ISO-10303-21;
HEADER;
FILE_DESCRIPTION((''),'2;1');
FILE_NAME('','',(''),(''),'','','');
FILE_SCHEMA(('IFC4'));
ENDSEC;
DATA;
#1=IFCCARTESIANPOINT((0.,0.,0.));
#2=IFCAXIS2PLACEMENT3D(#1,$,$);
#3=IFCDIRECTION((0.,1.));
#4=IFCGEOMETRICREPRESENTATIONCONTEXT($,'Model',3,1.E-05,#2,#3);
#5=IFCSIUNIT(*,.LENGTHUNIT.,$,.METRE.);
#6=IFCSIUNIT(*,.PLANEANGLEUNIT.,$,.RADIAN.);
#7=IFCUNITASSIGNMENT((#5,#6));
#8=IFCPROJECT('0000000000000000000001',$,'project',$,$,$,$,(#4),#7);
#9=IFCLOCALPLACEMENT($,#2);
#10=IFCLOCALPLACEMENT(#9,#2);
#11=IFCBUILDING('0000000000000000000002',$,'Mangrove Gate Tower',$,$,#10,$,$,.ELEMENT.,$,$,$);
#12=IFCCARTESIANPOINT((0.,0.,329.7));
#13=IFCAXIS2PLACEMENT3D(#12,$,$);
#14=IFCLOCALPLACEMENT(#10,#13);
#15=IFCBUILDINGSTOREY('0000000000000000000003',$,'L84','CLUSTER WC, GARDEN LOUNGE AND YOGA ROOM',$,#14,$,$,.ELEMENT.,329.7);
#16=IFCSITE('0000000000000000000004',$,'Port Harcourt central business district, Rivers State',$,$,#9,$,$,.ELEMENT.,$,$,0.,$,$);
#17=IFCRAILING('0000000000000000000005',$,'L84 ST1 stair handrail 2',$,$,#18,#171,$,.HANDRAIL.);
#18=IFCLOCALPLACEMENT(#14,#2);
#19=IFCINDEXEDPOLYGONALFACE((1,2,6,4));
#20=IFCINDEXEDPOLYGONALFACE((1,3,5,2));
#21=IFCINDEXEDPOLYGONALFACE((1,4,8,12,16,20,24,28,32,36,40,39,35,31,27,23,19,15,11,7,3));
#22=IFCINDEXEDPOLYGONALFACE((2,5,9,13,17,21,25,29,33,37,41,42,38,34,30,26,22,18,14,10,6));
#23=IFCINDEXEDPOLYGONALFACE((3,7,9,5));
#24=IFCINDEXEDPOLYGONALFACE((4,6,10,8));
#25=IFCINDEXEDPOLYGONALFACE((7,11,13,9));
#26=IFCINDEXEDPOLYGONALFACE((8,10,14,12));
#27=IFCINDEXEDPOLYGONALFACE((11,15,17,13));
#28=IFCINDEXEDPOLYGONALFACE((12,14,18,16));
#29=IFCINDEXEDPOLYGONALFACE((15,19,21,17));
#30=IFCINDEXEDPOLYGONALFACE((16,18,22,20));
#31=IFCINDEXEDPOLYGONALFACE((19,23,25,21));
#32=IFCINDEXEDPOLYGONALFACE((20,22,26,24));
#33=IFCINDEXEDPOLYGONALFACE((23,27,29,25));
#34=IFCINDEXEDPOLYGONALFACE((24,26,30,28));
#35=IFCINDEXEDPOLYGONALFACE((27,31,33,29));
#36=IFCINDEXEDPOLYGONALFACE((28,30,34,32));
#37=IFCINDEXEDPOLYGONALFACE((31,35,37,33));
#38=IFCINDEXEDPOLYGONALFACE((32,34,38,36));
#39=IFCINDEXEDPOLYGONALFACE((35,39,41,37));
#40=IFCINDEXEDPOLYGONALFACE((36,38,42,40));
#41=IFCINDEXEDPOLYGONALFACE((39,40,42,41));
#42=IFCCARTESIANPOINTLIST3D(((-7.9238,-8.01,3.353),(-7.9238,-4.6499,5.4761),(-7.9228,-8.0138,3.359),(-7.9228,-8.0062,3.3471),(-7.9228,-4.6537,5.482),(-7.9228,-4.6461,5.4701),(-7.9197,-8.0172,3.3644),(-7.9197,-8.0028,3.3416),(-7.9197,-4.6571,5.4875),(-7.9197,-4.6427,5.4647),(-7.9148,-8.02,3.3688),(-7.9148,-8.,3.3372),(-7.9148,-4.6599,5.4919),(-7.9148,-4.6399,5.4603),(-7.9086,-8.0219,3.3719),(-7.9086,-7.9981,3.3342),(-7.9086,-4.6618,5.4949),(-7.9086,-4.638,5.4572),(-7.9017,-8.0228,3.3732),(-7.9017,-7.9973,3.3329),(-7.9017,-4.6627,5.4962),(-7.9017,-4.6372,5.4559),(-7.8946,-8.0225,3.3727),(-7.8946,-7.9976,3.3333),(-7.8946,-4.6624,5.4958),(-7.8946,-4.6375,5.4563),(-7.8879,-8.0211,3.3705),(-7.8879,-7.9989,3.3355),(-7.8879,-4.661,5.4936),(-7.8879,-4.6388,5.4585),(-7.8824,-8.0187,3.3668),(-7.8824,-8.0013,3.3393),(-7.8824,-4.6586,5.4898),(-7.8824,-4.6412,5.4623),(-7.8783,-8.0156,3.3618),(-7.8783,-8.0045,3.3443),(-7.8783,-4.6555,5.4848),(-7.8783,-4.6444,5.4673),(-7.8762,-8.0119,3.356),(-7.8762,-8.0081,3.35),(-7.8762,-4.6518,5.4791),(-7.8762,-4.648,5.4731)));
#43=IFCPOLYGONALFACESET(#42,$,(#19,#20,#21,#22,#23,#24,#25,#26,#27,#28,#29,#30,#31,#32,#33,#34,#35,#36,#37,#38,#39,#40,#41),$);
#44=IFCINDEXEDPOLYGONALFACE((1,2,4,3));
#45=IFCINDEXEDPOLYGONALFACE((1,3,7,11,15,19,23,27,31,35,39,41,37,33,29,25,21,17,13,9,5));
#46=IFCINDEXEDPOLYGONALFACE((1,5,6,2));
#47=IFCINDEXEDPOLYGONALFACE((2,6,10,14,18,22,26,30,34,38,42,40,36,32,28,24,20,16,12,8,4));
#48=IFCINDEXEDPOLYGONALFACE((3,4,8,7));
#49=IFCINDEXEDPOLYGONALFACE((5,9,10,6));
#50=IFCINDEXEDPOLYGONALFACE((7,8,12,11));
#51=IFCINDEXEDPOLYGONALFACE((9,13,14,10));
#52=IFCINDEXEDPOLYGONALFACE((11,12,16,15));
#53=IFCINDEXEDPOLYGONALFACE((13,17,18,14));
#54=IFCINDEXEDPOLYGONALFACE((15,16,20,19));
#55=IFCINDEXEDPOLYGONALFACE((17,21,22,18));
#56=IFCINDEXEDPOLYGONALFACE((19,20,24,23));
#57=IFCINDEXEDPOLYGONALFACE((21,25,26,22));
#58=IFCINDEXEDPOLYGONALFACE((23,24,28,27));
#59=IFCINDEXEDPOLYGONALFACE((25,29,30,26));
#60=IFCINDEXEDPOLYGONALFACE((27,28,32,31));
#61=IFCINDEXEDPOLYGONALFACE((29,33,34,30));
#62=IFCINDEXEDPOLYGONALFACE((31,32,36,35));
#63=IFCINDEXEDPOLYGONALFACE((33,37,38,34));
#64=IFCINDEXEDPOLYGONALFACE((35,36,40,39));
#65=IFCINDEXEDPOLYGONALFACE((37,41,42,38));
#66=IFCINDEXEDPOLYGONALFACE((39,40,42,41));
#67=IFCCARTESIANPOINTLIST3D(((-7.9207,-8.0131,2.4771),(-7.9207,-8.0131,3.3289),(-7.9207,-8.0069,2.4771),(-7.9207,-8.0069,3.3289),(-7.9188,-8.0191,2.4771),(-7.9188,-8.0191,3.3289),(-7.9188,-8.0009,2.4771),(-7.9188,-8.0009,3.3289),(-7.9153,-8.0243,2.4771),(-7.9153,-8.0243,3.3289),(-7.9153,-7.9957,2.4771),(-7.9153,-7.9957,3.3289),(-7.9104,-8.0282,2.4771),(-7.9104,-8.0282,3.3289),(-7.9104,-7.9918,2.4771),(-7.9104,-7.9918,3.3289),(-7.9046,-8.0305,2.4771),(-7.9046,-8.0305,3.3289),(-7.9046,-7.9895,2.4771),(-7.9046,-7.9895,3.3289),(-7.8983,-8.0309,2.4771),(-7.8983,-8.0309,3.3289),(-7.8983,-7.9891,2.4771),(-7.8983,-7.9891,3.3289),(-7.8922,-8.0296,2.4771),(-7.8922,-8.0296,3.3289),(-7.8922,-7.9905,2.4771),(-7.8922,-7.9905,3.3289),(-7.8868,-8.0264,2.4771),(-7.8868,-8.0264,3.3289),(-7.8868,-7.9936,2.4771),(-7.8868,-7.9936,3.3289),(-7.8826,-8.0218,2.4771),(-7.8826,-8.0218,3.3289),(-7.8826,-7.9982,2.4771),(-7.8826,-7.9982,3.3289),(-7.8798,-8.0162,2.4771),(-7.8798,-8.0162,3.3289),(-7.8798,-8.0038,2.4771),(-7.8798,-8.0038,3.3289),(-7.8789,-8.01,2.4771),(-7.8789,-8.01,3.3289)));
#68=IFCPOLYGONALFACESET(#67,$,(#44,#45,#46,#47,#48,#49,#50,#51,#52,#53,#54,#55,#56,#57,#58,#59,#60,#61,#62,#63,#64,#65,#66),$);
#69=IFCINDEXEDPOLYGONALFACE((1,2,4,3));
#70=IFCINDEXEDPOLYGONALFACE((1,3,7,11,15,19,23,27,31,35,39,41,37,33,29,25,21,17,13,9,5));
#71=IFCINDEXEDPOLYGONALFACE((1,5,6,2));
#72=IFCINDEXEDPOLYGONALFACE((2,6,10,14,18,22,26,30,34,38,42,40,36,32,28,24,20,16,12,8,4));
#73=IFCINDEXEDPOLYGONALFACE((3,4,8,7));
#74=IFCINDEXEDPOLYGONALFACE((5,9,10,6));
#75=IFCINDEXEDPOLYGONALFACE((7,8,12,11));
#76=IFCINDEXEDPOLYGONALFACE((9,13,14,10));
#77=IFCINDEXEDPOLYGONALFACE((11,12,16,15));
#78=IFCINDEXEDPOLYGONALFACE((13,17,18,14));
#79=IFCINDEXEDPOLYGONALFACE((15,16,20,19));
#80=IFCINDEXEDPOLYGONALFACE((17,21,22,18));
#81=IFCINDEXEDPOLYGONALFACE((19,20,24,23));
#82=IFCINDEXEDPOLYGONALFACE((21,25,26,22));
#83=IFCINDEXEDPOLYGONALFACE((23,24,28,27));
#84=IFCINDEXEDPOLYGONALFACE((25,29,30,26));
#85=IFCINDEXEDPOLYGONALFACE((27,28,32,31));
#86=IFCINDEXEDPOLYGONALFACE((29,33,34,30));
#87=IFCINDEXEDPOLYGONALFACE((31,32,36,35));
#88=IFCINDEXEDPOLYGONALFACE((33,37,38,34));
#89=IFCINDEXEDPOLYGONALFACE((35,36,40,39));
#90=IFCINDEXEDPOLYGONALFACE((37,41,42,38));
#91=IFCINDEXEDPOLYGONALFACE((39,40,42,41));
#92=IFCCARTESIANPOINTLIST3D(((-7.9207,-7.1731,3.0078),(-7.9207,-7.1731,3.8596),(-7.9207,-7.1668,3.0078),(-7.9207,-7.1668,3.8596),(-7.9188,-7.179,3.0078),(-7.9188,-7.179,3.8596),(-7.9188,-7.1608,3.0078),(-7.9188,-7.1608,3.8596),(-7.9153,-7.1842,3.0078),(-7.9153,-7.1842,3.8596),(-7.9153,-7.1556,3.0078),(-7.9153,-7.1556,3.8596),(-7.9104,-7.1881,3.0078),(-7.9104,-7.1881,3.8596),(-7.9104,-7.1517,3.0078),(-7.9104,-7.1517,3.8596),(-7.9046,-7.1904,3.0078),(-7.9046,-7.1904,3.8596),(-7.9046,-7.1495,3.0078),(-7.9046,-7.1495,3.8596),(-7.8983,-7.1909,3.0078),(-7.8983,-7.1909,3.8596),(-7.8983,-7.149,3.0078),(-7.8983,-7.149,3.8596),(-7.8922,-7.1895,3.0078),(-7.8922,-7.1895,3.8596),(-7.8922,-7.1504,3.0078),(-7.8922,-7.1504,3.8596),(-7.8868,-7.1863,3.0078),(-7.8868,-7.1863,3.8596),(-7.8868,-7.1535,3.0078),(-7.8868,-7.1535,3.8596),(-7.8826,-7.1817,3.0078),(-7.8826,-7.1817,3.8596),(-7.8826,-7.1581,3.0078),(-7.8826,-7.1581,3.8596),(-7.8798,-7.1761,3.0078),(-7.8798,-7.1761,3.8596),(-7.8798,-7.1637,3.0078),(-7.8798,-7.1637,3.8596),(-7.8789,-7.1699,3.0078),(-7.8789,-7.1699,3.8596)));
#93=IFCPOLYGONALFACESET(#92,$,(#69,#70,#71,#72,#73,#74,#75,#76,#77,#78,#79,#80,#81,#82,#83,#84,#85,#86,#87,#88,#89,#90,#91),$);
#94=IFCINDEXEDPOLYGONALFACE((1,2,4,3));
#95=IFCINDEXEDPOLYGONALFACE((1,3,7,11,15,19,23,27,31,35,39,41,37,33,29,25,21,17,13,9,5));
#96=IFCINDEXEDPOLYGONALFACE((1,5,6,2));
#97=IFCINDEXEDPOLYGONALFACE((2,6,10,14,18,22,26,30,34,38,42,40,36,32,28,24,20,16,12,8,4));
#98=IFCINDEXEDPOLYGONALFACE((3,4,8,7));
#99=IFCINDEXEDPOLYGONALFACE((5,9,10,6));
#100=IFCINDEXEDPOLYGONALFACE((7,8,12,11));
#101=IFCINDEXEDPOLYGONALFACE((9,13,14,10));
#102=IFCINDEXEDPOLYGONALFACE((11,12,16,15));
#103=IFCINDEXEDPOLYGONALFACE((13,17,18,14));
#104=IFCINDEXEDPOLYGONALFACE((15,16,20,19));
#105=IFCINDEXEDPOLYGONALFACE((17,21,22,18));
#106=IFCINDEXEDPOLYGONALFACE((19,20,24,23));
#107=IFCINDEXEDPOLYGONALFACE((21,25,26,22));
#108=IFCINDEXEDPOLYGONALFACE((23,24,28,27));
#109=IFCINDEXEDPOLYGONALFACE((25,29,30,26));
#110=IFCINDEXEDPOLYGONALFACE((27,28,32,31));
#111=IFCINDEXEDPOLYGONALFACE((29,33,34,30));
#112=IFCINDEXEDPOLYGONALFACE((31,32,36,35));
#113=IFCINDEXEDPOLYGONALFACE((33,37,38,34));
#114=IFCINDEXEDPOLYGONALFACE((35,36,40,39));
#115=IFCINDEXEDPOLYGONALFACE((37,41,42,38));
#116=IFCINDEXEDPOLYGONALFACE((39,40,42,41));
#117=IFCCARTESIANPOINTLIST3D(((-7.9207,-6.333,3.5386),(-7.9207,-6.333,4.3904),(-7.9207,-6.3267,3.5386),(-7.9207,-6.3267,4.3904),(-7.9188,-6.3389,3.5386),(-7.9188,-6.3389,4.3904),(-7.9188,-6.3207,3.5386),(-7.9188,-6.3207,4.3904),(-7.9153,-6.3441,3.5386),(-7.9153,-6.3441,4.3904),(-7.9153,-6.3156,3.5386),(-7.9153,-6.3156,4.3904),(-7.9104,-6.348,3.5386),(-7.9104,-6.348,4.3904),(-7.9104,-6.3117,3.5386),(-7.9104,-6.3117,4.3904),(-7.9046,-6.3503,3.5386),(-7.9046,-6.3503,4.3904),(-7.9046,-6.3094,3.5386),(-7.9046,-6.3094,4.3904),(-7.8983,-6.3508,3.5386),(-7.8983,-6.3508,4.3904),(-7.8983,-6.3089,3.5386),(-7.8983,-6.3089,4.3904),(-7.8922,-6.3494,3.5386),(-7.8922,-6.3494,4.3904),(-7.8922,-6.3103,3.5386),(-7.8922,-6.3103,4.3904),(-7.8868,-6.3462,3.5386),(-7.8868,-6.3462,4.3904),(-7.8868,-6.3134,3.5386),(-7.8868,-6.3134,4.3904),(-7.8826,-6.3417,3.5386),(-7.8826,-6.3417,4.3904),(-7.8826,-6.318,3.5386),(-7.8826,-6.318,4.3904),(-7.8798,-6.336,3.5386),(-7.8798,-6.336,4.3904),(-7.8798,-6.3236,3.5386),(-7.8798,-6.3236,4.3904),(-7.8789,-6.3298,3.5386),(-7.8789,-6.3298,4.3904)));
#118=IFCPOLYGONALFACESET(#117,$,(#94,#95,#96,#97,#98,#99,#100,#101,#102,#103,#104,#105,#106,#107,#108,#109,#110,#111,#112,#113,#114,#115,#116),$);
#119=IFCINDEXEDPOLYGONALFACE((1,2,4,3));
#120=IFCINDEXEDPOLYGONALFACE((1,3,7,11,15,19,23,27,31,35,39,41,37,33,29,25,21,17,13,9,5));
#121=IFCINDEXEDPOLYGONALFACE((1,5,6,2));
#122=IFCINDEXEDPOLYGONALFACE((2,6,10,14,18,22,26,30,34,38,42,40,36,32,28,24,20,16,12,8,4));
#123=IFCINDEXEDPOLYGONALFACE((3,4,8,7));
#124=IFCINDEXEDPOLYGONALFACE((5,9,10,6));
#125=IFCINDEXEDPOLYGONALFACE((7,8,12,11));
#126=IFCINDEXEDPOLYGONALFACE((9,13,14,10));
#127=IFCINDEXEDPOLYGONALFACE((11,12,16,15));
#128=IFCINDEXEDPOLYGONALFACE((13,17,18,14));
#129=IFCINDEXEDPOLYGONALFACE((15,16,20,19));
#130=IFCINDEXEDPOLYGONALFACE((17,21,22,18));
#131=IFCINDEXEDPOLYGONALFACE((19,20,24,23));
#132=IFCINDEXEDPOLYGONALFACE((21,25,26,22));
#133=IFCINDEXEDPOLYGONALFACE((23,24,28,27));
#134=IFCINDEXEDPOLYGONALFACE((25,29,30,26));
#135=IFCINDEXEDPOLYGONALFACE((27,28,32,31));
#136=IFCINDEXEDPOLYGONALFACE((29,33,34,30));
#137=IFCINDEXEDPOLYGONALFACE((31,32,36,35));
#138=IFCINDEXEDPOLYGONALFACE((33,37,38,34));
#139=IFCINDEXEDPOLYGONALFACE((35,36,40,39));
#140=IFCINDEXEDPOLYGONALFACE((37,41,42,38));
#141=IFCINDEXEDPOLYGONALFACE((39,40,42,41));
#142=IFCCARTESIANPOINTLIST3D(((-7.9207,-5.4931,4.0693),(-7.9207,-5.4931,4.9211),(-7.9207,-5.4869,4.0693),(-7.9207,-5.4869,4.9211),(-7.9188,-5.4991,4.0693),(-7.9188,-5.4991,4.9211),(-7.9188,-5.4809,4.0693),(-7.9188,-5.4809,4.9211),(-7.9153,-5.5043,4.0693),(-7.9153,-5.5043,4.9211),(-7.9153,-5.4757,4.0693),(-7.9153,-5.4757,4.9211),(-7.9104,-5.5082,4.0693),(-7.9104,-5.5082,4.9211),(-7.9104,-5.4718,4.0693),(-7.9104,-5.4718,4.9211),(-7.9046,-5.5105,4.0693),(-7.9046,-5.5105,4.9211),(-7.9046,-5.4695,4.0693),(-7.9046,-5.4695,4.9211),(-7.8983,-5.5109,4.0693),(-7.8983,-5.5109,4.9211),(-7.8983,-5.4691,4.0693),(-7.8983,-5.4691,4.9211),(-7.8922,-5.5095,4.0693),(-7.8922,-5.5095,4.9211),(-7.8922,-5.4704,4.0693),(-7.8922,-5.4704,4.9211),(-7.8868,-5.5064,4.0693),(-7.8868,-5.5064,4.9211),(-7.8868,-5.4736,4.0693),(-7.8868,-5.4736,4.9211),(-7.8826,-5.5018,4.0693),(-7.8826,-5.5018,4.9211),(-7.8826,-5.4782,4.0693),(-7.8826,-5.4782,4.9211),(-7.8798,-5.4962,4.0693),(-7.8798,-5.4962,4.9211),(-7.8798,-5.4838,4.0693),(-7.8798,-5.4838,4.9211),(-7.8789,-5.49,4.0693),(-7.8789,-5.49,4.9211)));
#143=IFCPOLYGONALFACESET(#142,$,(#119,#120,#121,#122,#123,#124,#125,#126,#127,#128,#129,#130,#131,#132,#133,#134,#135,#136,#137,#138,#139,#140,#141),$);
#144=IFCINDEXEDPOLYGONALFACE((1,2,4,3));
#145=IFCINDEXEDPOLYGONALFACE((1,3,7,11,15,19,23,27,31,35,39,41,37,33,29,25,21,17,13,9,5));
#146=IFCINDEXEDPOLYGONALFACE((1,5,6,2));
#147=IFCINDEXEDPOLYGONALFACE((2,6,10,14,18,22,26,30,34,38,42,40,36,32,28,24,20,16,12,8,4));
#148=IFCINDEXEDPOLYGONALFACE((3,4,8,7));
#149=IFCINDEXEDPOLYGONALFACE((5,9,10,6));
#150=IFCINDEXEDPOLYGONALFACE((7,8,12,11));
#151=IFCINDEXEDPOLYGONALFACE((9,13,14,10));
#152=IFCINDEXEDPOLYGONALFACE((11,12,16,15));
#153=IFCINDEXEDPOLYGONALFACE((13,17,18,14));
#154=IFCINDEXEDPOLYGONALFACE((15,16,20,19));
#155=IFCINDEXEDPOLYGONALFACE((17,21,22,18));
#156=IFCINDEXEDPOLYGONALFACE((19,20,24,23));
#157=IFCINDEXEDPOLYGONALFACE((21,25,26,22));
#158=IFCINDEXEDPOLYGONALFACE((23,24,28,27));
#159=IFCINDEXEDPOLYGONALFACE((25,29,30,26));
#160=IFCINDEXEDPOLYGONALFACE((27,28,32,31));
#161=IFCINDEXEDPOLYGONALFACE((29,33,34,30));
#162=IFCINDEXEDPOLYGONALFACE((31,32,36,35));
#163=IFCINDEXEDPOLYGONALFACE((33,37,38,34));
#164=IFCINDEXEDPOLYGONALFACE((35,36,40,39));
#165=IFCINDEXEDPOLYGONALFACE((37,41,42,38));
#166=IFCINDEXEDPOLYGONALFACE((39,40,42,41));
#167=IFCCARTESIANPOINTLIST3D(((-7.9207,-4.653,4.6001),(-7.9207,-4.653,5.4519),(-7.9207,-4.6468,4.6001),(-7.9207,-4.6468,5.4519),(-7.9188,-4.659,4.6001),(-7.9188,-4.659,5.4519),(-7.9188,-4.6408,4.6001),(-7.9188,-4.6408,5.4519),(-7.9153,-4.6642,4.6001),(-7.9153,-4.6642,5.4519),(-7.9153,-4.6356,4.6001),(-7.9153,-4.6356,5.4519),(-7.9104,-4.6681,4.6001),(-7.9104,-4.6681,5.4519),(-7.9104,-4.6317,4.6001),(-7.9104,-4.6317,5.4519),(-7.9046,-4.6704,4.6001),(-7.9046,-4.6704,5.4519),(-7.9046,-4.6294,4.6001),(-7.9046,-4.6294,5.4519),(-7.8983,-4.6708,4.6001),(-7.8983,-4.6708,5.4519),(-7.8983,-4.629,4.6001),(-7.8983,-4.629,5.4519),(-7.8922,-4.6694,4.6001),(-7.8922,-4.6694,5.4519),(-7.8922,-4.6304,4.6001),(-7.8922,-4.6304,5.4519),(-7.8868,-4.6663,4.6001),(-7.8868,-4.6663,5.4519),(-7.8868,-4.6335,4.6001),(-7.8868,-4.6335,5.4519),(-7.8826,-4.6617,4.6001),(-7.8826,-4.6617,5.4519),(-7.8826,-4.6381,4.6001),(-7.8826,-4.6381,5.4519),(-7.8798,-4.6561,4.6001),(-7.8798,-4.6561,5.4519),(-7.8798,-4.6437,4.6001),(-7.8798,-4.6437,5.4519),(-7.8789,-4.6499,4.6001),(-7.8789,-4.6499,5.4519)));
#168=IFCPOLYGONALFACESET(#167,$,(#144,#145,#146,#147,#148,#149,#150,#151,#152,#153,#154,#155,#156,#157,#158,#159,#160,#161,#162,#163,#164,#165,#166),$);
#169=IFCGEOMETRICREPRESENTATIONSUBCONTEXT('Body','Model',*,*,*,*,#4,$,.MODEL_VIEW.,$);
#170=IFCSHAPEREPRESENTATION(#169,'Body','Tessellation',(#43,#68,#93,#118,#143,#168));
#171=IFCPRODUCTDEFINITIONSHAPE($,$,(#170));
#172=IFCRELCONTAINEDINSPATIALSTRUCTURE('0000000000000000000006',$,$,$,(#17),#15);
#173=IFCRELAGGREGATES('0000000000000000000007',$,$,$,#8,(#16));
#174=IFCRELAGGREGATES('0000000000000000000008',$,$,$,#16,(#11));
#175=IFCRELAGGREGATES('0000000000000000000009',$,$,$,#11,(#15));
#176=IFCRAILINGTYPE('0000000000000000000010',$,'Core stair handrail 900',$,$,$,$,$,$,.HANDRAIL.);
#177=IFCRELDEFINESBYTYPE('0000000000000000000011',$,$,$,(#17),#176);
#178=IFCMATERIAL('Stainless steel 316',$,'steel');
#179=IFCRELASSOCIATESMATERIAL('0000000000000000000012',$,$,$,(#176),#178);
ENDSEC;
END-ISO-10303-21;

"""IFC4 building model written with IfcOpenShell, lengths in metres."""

from ifc_helpers import new_model, si_unit, direction, frame, origin, origin_2d, place, context, subcontext, project, spatial, circle, extrude, material, type_object, element, save


model = new_model("IFC4")

# Units and contexts
model_context = context("Model", 3, precision=1e-05, world=origin(), true_north=direction((0.0, 1.0)))
body_context = subcontext(model_context, "Body", "Model", "MODEL_VIEW")
ifc_project = project(units=[si_unit("LENGTHUNIT", "METRE"), si_unit("PLANEANGLEUNIT", "RADIAN")], contexts=[model_context])

# Site, building, storey
site_placement = place(None, origin())
site = spatial("IfcSite", under=ifc_project, at=site_placement, Name="Port Harcourt central business district, Rivers State", CompositionType="ELEMENT", RefElevation=0.0)
building_placement = place(site_placement, origin())
building = spatial("IfcBuilding", under=site, at=building_placement, Name="Mangrove Gate Tower", CompositionType="ELEMENT")
storey_placement = place(building_placement, frame((0.0, 0.0, 329.7)))
storey = spatial("IfcBuildingStorey", under=building, at=storey_placement, Name="L84", Description="CLUSTER WC, GARDEN LOUNGE AND YOGA ROOM", CompositionType="ELEMENT", Elevation=329.7)

# Railing
ifc_material_1 = material(Name="Stainless steel 316", Category="steel")
railing_type_1 = type_object("IfcRailingType", Name="Core stair handrail 900", PredefinedType="HANDRAIL", material=ifc_material_1)
railing_1_placement = place(storey_placement, frame((-7.8999, -8.01, 2.4771)))
element("IfcRailing", 1, at=railing_1_placement, inside=storey, type_object=railing_type_1, Name="L84 ST1 stair handrail 2", PredefinedType="HANDRAIL", context=body_context, shape_type="SweptSolid", body=[
    extrude(circle(Radius=0.0239, at=origin_2d()), frame((0.0, 0.0, 0.876), z_axis=(0.0, 0.84539, 0.53415), x_axis=(-1.0, 0.0, 0.0)), (0.0, 0.0, 1.0), 3.9746),
    extrude(circle(Radius=0.021, at=origin_2d()), origin(), (0.0, 0.0, 1.0), 0.8518),
    extrude(circle(Radius=0.021, at=origin_2d()), frame((0.0, 0.8401, 0.5308)), (0.0, 0.0, 1.0), 0.8518),
    extrude(circle(Radius=0.021, at=origin_2d()), frame((0.0, 1.6802, 1.0615)), (0.0, 0.0, 1.0), 0.8518),
    extrude(circle(Radius=0.021, at=origin_2d()), frame((0.0, 2.52, 1.5923)), (0.0, 0.0, 1.0), 0.8518),
    extrude(circle(Radius=0.021, at=origin_2d()), frame((0.0, 3.3601, 2.123)), (0.0, 0.0, 1.0), 0.8518),
])

save(model, "model.ifc")
